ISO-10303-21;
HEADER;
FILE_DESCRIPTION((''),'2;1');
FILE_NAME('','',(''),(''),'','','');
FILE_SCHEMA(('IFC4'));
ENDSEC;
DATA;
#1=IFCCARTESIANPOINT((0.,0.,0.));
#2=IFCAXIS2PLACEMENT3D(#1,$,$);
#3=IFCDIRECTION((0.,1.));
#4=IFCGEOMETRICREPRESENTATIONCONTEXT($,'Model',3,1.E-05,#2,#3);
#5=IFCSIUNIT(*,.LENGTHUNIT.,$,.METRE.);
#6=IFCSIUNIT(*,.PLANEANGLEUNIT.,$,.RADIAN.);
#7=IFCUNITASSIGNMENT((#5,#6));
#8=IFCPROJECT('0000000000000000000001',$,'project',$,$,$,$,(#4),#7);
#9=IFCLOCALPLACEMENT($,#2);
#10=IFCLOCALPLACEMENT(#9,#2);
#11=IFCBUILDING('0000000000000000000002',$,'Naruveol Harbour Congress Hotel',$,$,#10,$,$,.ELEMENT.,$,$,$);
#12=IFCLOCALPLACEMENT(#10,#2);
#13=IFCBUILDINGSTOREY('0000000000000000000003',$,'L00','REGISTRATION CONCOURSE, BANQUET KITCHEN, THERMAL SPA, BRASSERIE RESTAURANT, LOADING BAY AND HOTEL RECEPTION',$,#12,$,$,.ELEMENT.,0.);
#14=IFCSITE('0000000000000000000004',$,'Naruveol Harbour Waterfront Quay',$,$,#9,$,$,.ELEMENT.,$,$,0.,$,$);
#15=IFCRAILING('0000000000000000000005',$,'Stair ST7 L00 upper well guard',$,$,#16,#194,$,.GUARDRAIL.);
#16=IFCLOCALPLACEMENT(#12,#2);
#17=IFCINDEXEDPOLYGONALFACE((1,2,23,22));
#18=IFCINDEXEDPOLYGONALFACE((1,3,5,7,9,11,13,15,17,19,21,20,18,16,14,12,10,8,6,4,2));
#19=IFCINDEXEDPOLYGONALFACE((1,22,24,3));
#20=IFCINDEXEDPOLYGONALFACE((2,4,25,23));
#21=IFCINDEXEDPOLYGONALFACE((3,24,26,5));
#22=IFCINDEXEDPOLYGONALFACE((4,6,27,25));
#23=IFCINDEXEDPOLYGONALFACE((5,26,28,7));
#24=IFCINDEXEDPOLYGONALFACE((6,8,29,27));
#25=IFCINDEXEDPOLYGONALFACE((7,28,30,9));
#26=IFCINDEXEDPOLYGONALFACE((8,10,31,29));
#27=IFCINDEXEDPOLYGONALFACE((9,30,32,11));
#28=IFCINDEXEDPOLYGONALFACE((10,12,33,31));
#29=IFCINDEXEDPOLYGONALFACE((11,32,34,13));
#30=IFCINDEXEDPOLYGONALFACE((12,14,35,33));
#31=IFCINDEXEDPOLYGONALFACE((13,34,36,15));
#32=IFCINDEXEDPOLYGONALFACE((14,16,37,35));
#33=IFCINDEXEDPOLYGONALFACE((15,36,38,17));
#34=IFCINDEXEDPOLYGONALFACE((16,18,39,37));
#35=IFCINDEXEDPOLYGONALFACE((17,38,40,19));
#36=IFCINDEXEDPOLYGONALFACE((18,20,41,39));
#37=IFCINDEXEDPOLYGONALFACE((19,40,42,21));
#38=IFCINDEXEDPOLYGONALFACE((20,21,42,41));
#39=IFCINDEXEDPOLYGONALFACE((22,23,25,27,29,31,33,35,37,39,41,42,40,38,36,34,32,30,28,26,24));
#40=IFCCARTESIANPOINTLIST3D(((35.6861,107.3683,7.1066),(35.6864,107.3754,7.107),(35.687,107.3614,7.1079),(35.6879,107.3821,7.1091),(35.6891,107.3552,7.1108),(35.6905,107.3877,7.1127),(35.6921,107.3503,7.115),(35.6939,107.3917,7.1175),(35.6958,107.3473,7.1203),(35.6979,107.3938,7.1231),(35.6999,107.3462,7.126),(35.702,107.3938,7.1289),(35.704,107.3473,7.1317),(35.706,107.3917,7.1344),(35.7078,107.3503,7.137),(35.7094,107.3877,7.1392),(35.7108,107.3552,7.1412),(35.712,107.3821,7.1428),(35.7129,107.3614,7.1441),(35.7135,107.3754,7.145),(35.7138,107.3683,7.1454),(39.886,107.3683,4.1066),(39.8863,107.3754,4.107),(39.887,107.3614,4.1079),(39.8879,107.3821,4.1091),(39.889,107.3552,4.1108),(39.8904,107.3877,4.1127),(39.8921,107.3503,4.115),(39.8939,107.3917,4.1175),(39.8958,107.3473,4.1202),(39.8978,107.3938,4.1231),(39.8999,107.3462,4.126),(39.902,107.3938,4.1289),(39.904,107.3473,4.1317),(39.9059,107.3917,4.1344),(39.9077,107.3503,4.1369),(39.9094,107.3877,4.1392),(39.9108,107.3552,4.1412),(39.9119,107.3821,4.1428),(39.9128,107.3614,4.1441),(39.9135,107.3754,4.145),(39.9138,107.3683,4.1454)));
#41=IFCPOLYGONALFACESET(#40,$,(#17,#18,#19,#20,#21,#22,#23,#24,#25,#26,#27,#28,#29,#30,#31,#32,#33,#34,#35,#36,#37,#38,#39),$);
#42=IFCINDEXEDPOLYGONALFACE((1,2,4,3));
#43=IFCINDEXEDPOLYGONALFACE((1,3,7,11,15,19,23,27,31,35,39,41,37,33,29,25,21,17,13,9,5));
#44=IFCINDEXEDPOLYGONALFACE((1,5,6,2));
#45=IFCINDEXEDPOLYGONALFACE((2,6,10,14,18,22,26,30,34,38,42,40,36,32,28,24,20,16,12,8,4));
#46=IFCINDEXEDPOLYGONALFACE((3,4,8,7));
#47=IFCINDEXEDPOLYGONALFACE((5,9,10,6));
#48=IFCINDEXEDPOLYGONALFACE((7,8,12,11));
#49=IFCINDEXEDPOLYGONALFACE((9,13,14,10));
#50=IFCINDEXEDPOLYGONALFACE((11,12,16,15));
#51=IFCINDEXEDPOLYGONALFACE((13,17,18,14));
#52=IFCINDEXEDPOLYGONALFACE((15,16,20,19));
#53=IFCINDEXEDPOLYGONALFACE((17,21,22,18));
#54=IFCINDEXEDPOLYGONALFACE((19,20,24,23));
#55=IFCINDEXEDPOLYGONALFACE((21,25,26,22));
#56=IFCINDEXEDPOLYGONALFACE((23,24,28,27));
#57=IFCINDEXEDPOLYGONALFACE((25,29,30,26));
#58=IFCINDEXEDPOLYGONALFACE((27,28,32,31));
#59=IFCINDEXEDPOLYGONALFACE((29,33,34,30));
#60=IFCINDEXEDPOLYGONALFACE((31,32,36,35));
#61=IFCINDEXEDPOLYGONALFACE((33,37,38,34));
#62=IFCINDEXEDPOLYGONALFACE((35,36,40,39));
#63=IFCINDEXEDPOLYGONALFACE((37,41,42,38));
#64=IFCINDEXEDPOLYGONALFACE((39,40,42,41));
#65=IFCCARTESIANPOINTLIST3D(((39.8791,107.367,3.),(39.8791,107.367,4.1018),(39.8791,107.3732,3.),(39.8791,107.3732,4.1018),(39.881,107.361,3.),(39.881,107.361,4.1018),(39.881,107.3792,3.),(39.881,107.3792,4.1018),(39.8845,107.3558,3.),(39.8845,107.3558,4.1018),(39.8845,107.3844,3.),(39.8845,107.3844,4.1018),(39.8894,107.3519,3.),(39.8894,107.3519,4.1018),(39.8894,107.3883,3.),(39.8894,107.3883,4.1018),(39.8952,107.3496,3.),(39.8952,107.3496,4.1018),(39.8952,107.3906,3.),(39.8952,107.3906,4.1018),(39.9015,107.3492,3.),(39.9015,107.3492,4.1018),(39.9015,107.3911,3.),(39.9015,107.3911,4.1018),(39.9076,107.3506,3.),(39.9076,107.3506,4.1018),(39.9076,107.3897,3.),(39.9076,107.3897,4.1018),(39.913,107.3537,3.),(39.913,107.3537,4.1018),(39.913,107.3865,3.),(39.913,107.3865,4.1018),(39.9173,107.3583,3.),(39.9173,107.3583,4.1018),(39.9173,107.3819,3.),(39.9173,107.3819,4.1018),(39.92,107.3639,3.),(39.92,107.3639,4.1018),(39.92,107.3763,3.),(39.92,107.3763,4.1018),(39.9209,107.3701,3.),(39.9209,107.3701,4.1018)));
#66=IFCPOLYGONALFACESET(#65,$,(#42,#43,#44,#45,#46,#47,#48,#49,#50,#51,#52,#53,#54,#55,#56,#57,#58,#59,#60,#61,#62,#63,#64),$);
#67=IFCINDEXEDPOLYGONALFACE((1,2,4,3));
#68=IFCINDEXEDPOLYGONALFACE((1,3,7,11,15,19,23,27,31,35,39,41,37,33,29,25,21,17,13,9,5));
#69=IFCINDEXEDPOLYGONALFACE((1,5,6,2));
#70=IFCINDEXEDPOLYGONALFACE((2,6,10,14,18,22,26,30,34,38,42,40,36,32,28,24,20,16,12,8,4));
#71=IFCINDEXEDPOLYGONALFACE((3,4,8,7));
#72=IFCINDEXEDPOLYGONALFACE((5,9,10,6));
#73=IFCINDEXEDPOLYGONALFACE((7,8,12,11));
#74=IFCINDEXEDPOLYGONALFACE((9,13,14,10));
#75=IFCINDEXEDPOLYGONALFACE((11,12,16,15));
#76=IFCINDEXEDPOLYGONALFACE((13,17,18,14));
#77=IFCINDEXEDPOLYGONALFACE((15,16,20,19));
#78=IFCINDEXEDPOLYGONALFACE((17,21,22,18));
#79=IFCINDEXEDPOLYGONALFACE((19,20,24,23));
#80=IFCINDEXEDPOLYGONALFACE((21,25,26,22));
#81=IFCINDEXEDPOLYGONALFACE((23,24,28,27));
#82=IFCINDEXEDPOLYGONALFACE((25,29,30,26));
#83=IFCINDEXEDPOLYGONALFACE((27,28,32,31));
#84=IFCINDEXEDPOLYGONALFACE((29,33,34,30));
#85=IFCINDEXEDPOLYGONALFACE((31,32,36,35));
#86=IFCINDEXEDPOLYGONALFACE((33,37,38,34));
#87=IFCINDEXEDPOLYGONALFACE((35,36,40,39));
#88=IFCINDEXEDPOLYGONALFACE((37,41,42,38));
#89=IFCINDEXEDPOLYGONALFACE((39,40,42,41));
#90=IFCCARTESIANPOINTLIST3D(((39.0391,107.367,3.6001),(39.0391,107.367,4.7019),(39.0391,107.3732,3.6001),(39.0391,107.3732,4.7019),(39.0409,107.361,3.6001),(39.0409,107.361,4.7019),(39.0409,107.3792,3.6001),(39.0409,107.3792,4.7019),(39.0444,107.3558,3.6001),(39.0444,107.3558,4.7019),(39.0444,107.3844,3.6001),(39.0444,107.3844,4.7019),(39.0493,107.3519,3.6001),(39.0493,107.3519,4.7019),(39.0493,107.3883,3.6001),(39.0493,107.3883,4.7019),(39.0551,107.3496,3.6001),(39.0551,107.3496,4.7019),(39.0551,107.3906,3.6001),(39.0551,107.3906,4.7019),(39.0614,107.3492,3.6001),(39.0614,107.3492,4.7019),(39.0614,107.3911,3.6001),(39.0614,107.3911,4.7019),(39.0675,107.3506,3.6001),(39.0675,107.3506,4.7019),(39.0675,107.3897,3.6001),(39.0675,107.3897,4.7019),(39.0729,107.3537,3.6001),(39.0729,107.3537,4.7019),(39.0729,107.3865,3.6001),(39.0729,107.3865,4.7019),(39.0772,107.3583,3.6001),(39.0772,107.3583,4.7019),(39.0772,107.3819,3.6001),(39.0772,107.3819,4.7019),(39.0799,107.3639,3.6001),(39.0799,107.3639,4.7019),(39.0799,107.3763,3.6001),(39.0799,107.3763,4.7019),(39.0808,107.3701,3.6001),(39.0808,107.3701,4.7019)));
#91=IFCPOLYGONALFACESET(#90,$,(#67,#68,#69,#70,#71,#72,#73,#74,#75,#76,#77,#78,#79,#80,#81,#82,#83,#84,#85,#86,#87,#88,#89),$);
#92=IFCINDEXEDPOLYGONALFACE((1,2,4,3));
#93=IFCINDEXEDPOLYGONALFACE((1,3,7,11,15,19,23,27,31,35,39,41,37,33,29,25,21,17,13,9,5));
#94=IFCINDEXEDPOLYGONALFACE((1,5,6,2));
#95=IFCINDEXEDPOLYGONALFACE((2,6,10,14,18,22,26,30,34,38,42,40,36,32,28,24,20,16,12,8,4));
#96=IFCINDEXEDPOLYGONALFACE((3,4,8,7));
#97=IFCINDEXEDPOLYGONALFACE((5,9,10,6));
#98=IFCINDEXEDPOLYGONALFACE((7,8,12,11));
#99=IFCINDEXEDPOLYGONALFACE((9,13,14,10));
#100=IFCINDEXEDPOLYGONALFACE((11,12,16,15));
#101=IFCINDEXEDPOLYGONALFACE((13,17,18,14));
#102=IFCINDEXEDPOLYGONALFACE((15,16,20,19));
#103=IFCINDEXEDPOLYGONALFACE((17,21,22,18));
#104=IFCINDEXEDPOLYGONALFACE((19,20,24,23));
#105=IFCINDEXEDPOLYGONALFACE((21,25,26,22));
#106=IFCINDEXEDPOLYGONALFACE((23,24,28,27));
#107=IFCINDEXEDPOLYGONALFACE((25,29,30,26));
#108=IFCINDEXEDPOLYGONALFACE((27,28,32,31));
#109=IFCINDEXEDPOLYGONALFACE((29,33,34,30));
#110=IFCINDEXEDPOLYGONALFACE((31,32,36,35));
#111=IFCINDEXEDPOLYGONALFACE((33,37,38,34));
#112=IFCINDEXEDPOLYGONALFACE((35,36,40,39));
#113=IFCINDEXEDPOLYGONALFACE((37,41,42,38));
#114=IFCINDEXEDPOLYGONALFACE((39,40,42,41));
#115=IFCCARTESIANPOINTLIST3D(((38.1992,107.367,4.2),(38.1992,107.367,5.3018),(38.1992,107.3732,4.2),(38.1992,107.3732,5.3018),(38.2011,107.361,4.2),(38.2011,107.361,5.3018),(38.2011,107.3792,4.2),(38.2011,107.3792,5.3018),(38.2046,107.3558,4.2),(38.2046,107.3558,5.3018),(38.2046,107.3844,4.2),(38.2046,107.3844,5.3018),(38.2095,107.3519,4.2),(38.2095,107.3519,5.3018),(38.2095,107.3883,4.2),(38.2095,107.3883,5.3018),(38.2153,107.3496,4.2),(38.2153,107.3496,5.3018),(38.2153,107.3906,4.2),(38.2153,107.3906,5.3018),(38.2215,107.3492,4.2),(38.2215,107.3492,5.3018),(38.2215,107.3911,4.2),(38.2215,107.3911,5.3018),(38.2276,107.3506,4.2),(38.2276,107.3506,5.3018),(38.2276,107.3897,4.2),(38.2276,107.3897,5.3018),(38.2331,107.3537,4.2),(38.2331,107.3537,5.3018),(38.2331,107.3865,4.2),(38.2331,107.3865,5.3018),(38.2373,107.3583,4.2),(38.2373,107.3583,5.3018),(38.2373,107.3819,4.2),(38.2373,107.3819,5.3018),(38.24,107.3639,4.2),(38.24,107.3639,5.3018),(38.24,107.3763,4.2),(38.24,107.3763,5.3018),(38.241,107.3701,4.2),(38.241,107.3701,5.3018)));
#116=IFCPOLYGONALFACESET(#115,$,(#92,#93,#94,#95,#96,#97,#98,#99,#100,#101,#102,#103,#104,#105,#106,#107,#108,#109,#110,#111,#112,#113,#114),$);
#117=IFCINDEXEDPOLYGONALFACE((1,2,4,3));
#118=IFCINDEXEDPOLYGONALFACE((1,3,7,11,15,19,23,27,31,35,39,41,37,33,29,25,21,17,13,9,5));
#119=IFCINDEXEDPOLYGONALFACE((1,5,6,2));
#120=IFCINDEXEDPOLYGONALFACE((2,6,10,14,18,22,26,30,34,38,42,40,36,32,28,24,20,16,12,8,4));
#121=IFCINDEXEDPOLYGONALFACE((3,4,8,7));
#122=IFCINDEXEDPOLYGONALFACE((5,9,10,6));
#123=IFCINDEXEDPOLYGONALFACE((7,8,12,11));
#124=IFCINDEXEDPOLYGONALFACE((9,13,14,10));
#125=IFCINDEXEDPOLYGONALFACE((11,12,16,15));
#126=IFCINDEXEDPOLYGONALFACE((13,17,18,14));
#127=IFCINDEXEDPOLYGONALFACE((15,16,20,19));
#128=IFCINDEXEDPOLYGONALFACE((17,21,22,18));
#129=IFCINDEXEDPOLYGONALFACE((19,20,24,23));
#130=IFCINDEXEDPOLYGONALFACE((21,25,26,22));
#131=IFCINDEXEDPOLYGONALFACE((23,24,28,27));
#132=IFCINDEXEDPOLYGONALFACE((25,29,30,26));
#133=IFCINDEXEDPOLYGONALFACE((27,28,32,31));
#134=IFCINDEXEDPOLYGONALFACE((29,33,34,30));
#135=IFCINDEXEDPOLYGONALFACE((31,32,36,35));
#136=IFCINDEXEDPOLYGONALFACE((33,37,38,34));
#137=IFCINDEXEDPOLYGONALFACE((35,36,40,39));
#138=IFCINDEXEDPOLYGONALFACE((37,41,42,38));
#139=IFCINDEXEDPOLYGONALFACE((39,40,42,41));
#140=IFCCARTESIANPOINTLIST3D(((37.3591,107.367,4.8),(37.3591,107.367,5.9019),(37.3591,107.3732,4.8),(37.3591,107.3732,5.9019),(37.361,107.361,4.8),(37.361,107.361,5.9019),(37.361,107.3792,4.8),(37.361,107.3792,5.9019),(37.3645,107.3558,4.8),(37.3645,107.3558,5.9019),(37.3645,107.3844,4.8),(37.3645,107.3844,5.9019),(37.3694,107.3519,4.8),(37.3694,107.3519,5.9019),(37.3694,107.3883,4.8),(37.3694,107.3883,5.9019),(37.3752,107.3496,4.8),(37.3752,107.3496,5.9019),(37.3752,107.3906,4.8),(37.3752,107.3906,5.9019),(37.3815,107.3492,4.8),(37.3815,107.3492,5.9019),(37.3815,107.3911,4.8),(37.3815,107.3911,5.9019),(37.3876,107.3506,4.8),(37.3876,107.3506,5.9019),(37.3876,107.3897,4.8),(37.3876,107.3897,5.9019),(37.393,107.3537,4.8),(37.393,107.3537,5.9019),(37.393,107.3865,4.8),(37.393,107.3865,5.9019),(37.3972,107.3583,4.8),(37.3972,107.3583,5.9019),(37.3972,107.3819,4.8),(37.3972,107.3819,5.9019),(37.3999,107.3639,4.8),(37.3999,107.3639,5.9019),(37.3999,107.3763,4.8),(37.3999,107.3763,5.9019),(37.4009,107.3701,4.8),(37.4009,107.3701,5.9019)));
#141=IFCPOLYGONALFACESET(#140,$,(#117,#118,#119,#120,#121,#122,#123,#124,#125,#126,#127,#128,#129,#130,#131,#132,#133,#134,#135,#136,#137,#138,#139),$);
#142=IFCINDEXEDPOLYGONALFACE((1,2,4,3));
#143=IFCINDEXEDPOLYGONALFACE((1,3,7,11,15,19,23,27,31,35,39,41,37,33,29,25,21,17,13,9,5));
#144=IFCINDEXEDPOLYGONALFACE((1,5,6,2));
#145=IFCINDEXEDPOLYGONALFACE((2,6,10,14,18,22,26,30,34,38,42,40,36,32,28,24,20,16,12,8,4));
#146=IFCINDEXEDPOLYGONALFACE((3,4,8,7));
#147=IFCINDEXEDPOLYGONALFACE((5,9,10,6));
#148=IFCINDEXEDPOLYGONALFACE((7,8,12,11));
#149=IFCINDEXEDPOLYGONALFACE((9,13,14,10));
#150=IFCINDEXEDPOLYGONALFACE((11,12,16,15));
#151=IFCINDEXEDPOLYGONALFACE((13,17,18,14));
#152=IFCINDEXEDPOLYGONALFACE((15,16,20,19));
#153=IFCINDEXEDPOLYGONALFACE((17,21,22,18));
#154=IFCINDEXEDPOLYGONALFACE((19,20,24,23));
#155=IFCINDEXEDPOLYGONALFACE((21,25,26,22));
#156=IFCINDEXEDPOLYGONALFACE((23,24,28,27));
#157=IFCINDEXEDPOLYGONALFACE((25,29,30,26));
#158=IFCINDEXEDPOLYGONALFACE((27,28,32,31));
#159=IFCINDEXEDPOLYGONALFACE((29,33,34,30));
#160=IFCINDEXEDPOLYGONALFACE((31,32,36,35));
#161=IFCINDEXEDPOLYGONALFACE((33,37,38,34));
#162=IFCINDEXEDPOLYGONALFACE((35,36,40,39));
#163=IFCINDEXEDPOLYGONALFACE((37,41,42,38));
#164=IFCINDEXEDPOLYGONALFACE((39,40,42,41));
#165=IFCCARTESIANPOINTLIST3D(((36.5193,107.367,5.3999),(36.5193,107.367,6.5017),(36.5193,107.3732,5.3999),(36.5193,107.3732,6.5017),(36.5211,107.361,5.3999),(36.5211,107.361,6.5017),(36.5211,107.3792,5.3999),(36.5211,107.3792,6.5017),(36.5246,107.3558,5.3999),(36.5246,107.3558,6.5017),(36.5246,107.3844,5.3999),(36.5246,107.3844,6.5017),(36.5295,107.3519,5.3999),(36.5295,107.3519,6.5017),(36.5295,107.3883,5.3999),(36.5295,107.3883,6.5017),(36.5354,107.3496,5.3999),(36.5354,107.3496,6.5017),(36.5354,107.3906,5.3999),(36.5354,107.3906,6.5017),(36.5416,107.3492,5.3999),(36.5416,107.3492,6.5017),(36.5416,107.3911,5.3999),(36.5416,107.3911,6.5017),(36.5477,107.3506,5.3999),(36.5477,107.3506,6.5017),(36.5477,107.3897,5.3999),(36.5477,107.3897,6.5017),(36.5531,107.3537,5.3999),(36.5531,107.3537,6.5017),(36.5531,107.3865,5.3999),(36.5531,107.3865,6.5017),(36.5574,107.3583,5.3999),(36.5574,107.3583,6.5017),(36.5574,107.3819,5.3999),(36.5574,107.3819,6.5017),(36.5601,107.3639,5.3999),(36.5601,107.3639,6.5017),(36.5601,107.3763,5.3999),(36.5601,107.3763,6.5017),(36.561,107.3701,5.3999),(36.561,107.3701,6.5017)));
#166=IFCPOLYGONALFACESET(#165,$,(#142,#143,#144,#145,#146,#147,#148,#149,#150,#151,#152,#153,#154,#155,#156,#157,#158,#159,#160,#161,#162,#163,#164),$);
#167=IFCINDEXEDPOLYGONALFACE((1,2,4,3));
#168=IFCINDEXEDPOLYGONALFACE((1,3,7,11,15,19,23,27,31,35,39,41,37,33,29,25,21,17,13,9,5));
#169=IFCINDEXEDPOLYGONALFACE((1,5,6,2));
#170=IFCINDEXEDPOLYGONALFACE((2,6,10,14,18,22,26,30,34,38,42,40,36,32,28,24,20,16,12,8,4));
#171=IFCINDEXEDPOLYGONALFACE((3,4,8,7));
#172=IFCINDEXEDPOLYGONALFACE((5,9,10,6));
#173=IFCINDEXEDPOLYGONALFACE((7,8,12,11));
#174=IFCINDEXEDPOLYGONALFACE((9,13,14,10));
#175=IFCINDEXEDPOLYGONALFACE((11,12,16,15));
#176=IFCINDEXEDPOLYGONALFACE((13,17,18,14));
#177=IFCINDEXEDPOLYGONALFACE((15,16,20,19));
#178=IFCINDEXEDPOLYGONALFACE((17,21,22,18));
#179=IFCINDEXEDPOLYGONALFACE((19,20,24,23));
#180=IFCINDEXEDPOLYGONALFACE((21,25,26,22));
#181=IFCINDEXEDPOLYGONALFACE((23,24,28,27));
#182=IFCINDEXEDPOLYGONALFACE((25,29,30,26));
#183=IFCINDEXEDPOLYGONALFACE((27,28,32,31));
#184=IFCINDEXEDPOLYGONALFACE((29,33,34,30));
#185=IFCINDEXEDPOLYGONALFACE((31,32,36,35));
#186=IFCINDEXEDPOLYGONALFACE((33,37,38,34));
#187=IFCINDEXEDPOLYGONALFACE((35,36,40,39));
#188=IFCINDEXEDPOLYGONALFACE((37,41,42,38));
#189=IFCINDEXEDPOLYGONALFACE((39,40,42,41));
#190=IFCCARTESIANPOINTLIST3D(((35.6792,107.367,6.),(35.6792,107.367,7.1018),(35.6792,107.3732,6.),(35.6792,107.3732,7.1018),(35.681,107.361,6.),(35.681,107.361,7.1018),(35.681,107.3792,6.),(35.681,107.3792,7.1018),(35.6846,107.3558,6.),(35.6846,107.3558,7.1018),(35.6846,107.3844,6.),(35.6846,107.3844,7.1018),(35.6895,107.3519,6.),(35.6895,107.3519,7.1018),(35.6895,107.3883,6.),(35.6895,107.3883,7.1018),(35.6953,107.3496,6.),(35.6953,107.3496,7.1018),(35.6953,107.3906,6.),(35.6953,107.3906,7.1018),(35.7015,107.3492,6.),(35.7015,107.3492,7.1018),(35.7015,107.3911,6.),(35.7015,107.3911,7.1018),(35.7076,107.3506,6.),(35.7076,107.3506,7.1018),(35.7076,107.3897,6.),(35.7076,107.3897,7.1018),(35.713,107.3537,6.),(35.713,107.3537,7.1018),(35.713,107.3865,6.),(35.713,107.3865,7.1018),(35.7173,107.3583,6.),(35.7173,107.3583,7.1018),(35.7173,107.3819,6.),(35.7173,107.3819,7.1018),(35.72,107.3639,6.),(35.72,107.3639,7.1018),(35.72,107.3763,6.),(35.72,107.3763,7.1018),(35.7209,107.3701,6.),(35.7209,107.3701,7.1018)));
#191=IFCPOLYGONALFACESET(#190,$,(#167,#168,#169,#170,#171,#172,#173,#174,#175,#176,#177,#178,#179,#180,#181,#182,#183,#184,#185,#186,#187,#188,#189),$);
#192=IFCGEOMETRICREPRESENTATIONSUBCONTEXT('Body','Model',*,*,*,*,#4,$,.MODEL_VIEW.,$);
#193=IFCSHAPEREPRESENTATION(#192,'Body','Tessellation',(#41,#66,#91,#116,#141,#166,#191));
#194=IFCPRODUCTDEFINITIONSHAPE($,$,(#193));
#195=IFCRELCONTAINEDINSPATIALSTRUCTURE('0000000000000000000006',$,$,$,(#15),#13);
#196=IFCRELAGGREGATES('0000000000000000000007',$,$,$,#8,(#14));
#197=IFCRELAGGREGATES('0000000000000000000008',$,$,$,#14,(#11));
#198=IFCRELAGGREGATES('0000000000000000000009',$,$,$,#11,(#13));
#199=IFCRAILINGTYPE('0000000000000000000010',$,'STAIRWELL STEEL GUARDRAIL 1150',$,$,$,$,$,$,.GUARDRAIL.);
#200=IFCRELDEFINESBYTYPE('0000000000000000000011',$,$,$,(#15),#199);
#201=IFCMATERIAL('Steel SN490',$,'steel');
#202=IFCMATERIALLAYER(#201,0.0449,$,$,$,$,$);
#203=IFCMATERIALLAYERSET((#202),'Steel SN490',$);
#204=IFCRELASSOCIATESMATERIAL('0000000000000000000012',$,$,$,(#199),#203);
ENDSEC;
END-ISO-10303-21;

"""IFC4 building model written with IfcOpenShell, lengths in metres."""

from ifc_helpers import new_model, si_unit, direction, frame, origin, origin_2d, place, context, subcontext, project, spatial, circle, extrude, material, layer, layer_set, type_object, element, save


model = new_model("IFC4")

# Units and contexts
model_context = context("Model", 3, precision=1e-05, world=origin(), true_north=direction((0.0, 1.0)))
body_context = subcontext(model_context, "Body", "Model", "MODEL_VIEW")
ifc_project = project(units=[si_unit("LENGTHUNIT", "METRE"), si_unit("PLANEANGLEUNIT", "RADIAN")], contexts=[model_context])

# Site, building, storey
site_placement = place(None, origin())
site = spatial("IfcSite", under=ifc_project, at=site_placement, Name="Naruveol Harbour Waterfront Quay", CompositionType="ELEMENT", RefElevation=0.0)
building_placement = place(site_placement, origin())
building = spatial("IfcBuilding", under=site, at=building_placement, Name="Naruveol Harbour Congress Hotel", CompositionType="ELEMENT")
storey_placement = place(building_placement, origin())
storey = spatial("IfcBuildingStorey", under=building, at=storey_placement, Name="L00", Description="REGISTRATION CONCOURSE, BANQUET KITCHEN, THERMAL SPA, BRASSERIE RESTAURANT, LOADING BAY AND HOTEL RECEPTION", CompositionType="ELEMENT", Elevation=0.0)

# Railing
ifc_material_1 = material(Name="Steel SN490", Category="steel")
ifc_layer_1 = layer(ifc_material_1, 0.0449)
ifc_layer_set_1 = layer_set([ifc_layer_1], Name="Steel SN490")
railing_type_1 = type_object("IfcRailingType", Name="STAIRWELL STEEL GUARDRAIL 1150", PredefinedType="GUARDRAIL", material=ifc_layer_set_1)
railing_1_placement = place(storey_placement, frame((39.8999, 107.3701, 3.0)))
element("IfcRailing", 1, at=railing_1_placement, inside=storey, type_object=railing_type_1, Name="Stair ST7 L00 upper well guard", PredefinedType="GUARDRAIL", context=body_context, shape_type="SweptSolid", body=[
    extrude(circle(Radius=0.0239, at=origin_2d()), frame((0.0, 0.0, 1.126), z_axis=(-0.81373, 0.0, 0.581243), x_axis=(0.0, -1.0, 0.0)), (0.0, 0.0, 1.0), 5.1614),
    extrude(circle(Radius=0.021, at=origin_2d()), origin(), (0.0, 0.0, 1.0), 1.1018),
    extrude(circle(Radius=0.021, at=origin_2d()), frame((-0.8401, 0.0, 0.6001)), (0.0, 0.0, 1.0), 1.1018),
    extrude(circle(Radius=0.021, at=origin_2d()), frame((-1.6799, 0.0, 1.2)), (0.0, 0.0, 1.0), 1.1018),
    extrude(circle(Radius=0.021, at=origin_2d()), frame((-2.52, 0.0, 1.8)), (0.0, 0.0, 1.0), 1.1018),
    extrude(circle(Radius=0.021, at=origin_2d()), frame((-3.3599, 0.0, 2.3999)), (0.0, 0.0, 1.0), 1.1018),
    extrude(circle(Radius=0.021, at=origin_2d()), frame((-4.2, 0.0, 3.0)), (0.0, 0.0, 1.0), 1.1018),
])

save(model, "model.ifc")
